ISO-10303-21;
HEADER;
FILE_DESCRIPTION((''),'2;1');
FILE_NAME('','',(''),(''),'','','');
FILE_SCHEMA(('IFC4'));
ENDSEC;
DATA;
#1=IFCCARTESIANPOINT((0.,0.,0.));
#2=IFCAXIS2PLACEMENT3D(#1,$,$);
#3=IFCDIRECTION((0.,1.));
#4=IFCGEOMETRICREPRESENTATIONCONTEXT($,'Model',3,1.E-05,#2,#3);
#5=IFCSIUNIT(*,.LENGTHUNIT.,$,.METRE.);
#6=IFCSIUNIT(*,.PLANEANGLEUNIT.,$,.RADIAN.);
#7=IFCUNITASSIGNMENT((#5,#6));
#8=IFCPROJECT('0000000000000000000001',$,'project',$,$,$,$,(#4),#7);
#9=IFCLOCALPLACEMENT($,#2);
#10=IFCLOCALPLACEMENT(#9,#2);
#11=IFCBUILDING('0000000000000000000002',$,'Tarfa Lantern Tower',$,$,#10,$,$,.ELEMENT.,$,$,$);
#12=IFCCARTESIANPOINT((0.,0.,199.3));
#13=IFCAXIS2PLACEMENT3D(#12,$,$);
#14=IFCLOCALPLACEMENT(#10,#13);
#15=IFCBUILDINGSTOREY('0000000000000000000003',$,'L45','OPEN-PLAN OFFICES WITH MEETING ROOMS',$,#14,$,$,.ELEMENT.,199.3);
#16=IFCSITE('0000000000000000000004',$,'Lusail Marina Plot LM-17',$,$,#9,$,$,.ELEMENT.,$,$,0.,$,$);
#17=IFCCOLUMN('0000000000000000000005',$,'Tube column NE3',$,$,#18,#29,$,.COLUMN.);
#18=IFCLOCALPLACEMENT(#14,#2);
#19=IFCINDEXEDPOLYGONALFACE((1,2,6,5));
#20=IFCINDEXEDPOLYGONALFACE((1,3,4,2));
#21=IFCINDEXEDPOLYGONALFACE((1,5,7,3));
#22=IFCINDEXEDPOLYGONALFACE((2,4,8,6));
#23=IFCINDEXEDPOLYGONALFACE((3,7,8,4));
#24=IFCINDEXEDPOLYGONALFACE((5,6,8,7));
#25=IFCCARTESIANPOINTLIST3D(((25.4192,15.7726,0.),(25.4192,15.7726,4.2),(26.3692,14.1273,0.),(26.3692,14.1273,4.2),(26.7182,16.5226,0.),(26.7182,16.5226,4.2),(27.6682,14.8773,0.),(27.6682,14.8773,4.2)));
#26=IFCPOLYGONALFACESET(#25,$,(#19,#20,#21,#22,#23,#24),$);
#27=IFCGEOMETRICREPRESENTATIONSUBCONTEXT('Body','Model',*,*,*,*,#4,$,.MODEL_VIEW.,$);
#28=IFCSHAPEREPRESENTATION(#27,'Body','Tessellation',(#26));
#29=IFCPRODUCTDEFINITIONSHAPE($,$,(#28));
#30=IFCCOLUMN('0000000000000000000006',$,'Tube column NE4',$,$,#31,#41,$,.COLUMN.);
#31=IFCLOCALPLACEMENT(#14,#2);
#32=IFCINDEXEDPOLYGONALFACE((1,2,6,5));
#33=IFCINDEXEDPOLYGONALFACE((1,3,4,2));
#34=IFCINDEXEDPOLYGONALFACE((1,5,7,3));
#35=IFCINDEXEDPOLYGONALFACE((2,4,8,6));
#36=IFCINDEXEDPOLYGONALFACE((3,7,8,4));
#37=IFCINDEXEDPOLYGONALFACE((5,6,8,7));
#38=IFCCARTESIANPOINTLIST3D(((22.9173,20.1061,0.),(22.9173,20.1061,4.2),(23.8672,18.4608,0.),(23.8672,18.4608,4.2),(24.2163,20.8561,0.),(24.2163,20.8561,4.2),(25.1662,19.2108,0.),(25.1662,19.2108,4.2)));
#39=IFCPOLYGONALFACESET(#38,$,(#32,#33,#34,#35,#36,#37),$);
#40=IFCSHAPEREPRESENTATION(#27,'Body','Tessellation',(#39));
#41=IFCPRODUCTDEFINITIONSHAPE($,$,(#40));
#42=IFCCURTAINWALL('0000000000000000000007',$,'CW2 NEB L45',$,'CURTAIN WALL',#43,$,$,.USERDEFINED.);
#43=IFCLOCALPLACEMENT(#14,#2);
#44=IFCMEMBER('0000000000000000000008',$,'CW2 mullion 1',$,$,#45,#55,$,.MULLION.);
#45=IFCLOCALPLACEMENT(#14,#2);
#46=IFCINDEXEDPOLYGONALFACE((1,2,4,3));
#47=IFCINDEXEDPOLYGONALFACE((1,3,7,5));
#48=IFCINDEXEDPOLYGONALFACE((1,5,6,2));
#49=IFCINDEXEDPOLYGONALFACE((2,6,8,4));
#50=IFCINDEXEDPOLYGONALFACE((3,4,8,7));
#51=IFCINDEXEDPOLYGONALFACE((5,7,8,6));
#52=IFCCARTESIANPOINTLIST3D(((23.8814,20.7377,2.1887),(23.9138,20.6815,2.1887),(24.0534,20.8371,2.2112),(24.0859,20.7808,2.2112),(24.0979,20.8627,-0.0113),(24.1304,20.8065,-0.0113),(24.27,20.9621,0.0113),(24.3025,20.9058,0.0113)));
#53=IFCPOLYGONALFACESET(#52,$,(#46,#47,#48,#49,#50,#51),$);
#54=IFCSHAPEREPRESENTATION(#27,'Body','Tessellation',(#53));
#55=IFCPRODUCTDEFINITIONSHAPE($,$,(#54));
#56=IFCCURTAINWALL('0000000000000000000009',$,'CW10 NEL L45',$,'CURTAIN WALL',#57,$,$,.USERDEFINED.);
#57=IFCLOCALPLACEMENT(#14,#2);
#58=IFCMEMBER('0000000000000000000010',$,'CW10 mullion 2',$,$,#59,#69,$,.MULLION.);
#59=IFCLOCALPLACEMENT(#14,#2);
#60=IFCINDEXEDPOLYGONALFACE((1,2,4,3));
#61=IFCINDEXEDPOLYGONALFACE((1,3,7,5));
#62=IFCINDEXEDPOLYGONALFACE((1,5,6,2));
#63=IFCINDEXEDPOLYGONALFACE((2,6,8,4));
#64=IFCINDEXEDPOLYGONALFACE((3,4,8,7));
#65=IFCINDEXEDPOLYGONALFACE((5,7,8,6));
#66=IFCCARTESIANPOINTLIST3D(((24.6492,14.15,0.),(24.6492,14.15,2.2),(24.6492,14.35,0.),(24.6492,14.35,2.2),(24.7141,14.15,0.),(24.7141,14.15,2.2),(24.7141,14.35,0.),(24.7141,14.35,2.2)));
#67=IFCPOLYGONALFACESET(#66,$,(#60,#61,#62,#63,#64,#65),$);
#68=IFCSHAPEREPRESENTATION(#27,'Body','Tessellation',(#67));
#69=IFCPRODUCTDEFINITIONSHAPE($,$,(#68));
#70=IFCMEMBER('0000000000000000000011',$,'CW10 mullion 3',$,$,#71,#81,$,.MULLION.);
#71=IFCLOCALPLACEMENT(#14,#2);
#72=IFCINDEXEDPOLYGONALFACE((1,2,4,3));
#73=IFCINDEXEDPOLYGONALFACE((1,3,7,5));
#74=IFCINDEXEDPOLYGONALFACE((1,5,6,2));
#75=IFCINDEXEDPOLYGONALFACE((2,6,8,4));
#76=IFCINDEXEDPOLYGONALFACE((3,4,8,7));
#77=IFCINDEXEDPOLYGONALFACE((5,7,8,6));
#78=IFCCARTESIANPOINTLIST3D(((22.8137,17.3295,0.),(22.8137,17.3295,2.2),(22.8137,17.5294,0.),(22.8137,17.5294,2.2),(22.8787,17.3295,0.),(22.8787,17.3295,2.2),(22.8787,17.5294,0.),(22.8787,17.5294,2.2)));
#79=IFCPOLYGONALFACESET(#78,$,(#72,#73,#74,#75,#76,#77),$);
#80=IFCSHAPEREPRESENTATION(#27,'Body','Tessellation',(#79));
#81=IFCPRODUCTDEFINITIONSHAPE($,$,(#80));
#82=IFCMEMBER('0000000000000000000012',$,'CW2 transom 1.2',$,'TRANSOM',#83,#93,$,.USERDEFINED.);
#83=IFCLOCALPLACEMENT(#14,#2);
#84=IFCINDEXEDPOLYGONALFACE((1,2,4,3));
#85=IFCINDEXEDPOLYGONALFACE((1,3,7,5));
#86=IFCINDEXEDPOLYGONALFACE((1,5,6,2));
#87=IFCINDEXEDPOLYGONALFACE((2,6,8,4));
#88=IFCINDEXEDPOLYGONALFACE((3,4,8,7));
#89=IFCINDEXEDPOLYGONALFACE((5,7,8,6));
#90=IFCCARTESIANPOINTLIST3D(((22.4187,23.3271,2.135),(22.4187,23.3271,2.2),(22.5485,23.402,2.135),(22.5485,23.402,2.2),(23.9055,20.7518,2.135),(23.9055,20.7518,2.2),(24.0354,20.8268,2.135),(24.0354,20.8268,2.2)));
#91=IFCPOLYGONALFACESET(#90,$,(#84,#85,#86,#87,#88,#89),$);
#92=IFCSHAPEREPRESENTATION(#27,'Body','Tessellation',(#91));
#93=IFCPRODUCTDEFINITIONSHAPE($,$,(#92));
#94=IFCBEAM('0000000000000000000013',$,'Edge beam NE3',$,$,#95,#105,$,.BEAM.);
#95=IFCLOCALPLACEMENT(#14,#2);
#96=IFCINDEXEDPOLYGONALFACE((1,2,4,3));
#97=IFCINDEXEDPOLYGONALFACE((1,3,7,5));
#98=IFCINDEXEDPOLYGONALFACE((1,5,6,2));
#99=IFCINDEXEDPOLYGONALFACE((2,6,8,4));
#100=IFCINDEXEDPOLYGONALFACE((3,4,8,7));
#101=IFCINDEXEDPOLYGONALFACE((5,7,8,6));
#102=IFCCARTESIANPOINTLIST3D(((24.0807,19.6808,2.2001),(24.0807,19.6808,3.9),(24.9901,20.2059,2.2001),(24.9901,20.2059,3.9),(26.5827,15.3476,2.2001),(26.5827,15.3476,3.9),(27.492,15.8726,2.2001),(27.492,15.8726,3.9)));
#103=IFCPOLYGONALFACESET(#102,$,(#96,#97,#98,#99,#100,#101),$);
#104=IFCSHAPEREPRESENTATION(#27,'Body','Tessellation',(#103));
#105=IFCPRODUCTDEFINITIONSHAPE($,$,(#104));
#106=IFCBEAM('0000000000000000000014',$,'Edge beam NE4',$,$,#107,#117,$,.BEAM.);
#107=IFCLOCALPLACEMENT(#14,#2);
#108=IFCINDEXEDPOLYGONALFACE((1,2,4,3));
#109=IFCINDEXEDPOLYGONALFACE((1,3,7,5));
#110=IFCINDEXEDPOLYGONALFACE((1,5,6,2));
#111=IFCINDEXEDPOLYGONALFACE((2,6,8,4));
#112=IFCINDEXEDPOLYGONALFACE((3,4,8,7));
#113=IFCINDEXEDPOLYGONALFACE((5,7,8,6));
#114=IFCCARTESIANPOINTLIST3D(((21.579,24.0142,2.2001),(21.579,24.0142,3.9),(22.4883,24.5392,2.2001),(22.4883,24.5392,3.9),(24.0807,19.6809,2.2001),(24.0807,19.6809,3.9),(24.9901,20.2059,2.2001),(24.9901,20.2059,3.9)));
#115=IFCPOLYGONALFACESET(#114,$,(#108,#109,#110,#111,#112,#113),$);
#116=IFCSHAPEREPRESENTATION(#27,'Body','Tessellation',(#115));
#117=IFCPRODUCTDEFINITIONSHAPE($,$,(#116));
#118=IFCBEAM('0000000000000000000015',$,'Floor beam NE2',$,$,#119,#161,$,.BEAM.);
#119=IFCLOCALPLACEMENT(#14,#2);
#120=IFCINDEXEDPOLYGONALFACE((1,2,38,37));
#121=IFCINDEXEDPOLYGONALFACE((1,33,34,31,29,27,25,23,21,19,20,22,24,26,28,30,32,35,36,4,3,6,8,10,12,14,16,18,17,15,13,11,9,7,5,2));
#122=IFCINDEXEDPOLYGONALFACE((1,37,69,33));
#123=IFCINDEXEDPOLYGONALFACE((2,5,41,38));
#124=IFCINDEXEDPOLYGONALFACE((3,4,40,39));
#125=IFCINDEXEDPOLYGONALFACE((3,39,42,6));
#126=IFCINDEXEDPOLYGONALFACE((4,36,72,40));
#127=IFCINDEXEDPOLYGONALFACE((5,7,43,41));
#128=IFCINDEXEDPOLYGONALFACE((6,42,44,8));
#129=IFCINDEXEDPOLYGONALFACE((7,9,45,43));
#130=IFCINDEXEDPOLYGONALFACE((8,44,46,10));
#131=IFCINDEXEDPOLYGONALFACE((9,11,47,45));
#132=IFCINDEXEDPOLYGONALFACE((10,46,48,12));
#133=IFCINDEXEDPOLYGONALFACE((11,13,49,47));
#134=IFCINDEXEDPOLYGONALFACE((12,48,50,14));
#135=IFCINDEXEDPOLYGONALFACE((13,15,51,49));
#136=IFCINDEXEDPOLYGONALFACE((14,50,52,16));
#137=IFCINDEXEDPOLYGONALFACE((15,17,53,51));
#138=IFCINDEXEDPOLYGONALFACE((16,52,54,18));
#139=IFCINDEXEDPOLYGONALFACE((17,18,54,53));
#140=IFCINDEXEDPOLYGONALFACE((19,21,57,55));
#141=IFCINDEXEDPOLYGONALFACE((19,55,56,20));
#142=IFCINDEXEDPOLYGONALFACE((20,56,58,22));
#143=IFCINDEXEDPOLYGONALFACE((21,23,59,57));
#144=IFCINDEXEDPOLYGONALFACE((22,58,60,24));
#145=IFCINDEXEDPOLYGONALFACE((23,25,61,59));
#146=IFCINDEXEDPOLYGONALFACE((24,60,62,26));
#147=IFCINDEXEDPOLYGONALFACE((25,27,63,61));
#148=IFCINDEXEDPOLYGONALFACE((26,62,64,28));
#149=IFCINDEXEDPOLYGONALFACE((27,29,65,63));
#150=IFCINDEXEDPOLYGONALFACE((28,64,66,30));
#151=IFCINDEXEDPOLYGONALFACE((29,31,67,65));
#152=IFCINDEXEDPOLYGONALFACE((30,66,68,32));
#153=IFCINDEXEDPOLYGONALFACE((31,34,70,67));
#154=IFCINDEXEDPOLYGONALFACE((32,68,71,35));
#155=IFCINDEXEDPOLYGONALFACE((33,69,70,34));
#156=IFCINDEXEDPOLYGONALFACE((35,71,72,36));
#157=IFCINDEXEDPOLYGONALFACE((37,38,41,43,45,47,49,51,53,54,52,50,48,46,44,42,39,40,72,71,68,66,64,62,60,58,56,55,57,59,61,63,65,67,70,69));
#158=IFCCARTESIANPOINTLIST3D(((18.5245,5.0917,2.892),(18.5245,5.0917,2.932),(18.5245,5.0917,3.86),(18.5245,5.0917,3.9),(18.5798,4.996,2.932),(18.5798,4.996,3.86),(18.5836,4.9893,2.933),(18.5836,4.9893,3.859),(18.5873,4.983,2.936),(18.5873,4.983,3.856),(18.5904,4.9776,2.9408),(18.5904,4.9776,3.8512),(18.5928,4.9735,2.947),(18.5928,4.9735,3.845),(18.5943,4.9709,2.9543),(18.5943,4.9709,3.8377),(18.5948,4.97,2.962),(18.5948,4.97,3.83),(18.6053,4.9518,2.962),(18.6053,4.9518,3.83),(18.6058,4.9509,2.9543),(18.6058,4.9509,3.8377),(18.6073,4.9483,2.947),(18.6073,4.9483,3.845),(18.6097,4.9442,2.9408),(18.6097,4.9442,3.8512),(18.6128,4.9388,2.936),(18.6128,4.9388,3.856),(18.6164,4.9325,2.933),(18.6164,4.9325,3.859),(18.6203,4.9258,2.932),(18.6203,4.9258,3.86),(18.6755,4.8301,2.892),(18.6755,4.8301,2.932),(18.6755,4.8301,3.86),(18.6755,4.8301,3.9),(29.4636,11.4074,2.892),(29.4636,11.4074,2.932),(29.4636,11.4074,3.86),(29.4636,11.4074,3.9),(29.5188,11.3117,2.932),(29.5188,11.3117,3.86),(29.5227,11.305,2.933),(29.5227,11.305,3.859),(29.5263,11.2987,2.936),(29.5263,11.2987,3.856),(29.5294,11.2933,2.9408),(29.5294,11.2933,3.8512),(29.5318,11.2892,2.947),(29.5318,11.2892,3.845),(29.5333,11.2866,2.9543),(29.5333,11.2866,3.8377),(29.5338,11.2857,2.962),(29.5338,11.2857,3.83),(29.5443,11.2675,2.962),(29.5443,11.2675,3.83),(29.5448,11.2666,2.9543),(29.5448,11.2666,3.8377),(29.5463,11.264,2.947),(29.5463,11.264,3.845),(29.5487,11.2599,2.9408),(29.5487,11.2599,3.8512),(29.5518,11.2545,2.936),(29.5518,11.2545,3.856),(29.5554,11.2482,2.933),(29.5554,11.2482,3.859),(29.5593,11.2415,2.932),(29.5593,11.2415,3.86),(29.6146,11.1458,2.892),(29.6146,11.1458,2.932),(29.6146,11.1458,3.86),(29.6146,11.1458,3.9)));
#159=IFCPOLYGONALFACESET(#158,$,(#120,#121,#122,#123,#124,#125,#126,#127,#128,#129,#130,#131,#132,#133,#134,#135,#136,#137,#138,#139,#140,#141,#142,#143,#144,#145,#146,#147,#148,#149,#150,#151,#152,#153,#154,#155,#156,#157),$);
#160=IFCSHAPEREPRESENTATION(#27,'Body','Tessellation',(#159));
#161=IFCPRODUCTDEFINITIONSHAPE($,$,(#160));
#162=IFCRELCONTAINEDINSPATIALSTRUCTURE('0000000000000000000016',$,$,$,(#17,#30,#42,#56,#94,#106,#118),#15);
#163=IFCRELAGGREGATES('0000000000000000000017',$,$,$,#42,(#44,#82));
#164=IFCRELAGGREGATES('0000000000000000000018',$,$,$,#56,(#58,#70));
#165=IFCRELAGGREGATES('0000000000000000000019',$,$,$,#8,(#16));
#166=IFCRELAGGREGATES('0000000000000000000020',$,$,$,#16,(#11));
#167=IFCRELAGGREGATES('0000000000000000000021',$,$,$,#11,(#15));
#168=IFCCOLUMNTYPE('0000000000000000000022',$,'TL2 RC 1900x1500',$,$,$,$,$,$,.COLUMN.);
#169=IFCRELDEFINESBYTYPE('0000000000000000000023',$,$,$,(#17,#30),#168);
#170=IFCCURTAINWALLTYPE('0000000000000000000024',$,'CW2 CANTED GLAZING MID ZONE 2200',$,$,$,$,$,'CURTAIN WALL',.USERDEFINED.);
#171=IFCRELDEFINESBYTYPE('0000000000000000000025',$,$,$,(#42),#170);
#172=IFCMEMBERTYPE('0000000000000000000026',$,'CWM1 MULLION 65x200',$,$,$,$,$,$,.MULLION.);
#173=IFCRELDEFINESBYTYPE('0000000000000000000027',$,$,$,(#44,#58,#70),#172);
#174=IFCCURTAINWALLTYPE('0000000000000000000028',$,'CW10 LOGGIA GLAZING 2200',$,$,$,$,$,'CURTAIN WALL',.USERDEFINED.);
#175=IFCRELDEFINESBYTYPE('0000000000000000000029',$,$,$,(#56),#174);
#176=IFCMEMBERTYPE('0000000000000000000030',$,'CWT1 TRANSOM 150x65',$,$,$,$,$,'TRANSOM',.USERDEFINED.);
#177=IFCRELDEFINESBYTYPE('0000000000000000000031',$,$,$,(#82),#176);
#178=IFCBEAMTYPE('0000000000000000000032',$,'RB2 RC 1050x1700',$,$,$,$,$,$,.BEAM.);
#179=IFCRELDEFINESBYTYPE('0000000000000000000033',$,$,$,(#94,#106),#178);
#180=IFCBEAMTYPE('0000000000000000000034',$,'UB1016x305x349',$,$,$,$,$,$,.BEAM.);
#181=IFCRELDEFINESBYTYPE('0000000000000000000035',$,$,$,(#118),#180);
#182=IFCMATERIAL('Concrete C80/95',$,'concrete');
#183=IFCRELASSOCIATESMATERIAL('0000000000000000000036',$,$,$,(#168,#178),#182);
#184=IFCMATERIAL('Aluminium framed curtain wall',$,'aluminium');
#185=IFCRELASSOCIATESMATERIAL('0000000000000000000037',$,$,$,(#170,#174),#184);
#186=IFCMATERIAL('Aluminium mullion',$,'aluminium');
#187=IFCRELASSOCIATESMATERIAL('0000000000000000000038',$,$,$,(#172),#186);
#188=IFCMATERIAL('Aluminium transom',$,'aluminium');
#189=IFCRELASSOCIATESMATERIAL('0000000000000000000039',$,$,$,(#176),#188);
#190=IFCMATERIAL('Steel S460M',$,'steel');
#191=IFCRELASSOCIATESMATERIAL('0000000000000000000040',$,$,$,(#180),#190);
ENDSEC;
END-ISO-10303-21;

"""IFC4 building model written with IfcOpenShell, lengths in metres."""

from ifc_helpers import new_model, si_unit, direction, frame, origin, origin_2d, place, context, subcontext, project, spatial, rectangle, i_section, extrude, material, material_profile, profile_set, type_object, element, aggregate, save


model = new_model("IFC4")

# Units and contexts
model_context = context("Model", 3, precision=1e-05, world=origin(), true_north=direction((0.0, 1.0)))
body_context = subcontext(model_context, "Body", "Model", "MODEL_VIEW")
ifc_project = project(units=[si_unit("LENGTHUNIT", "METRE"), si_unit("PLANEANGLEUNIT", "RADIAN")], contexts=[model_context])

# Site, building, storey
site_placement = place(None, origin())
site = spatial("IfcSite", under=ifc_project, at=site_placement, Name="Lusail Marina Plot LM-17", CompositionType="ELEMENT", RefElevation=0.0)
building_placement = place(site_placement, origin())
building = spatial("IfcBuilding", under=site, at=building_placement, Name="Tarfa Lantern Tower", CompositionType="ELEMENT")
storey_placement = place(building_placement, frame((0.0, 0.0, 199.3)))
storey = spatial("IfcBuildingStorey", under=building, at=storey_placement, Name="L45", Description="OPEN-PLAN OFFICES WITH MEETING ROOMS", CompositionType="ELEMENT", Elevation=199.3)

# Columns
ifc_material_1 = material(Name="Concrete C80/95", Category="concrete")
ifc_material_profile_1 = material_profile(ifc_material_1, rectangle(XDim=1.8999, YDim=1.5, at=origin_2d()), Name="RC 1900x1500")
ifc_profile_set_1 = profile_set([ifc_material_profile_1], Name="Concrete C80/95")
column_type = type_object("IfcColumnType", Name="TL2 RC 1900x1500", PredefinedType="COLUMN", material=ifc_profile_set_1)
for number, where, z_axis, x_axis, name in (
    (1, (26.5437, 15.325, 0.0), (0.0, 0.0, 1.0), (-0.5, 0.866025, 0.0), "Tube column NE3"),
    (2, (24.0417, 19.6584, 0.0), (0.0, 0.0, 1.0), (-0.5, 0.866025, 0.0), "Tube column NE4"),
):
    element("IfcColumn", number, at=place(storey_placement, frame(where, z_axis=z_axis, x_axis=x_axis)), inside=storey, type_object=column_type, Name=name, PredefinedType="COLUMN", context=body_context, shape_type="SweptSolid", body=[
        extrude(rectangle(XDim=1.8999, YDim=1.5, at=origin_2d()), origin(), (0.0, 0.0, 1.0), 4.2),
    ])

# Curtain wall, member
ifc_material_2 = material(Name="Aluminium framed curtain wall", Category="aluminium")
curtain_wall_type_1 = type_object("IfcCurtainWallType", Name="CW2 CANTED GLAZING MID ZONE 2200", ElementType="CURTAIN WALL", PredefinedType="USERDEFINED", material=ifc_material_2)
curtain_wall_1_placement = place(storey_placement, origin())
curtain_wall_1 = element("IfcCurtainWall", 3, at=curtain_wall_1_placement, inside=storey, type_object=curtain_wall_type_1, Name="CW2 NEB L45", ObjectType="CURTAIN WALL", PredefinedType="USERDEFINED")
ifc_material_3 = material(Name="Aluminium mullion", Category="aluminium")
ifc_material_profile_2 = material_profile(ifc_material_3, rectangle(XDim=0.0649, YDim=0.2, at=origin_2d()), Name="AL MULLION 65x200")
ifc_profile_set_2 = profile_set([ifc_material_profile_2], Name="Aluminium mullion")
member_type_1 = type_object("IfcMemberType", Name="CWM1 MULLION 65x200", PredefinedType="MULLION", material=ifc_profile_set_2)
member_1_placement = place(storey_placement, frame((24.2002, 20.8843, 0.0), z_axis=(-0.097806, -0.056456, 0.993603), x_axis=(0.49992, -0.866072, 0.0)))
member_1 = element("IfcMember", 4, at=member_1_placement, type_object=member_type_1, Name="CW2 mullion 1", PredefinedType="MULLION", context=body_context, shape_type="SweptSolid", body=[
    extrude(rectangle(XDim=0.0649, YDim=0.2, at=origin_2d()), origin(), (0.0, 0.0, 1.0), 2.2141),
])

# Curtain wall, members
curtain_wall_type_2 = type_object("IfcCurtainWallType", Name="CW10 LOGGIA GLAZING 2200", ElementType="CURTAIN WALL", PredefinedType="USERDEFINED", material=ifc_material_2)
curtain_wall_2_placement = place(storey_placement, origin())
curtain_wall_2 = element("IfcCurtainWall", 5, at=curtain_wall_2_placement, inside=storey, type_object=curtain_wall_type_2, Name="CW10 NEL L45", ObjectType="CURTAIN WALL", PredefinedType="USERDEFINED")
member_2_placement = place(storey_placement, frame((24.6816, 14.25, 0.0), z_axis=(0.0, 0.0, 1.0), x_axis=(1.0, 0.0, 0.0)))
member_2 = element("IfcMember", 6, at=member_2_placement, type_object=member_type_1, Name="CW10 mullion 2", PredefinedType="MULLION", context=body_context, shape_type="SweptSolid", body=[
    extrude(rectangle(XDim=0.0649, YDim=0.2, at=origin_2d()), origin(), (0.0, 0.0, 1.0), 2.2),
])
member_3_placement = place(storey_placement, frame((22.8462, 17.4294, 0.0), z_axis=(0.0, 0.0, 1.0), x_axis=(1.0, 0.0, 0.0)))
member_3 = element("IfcMember", 7, at=member_3_placement, type_object=member_type_1, Name="CW10 mullion 3", PredefinedType="MULLION", context=body_context, shape_type="SweptSolid", body=[
    extrude(rectangle(XDim=0.0649, YDim=0.2, at=origin_2d()), origin(), (0.0, 0.0, 1.0), 2.2),
])

# Member
ifc_material_4 = material(Name="Aluminium transom", Category="aluminium")
ifc_material_profile_3 = material_profile(ifc_material_4, rectangle(XDim=0.1499, YDim=0.0649, at=origin_2d()), Name="AL TRANSOM 150x65")
ifc_profile_set_3 = profile_set([ifc_material_profile_3], Name="Aluminium transom")
member_type_2 = type_object("IfcMemberType", Name="CWT1 TRANSOM 150x65", ElementType="TRANSOM", PredefinedType="USERDEFINED", material=ifc_profile_set_3)
member_4_placement = place(storey_placement, frame((23.9705, 20.7893, 2.1675), z_axis=(-0.500007, 0.866022, 0.0), x_axis=(-0.866022, -0.500007, 0.0)))
member_4 = element("IfcMember", 8, at=member_4_placement, type_object=member_type_2, Name="CW2 transom 1.2", ObjectType="TRANSOM", PredefinedType="USERDEFINED", context=body_context, shape_type="SweptSolid", body=[
    extrude(rectangle(XDim=0.1499, YDim=0.0649, at=origin_2d()), origin(), (0.0, 0.0, 1.0), 2.9736),
])

# Beams
ifc_material_profile_4 = material_profile(ifc_material_1, rectangle(XDim=1.05, YDim=1.7, at=origin_2d()), Name="RC 1050x1700")
ifc_profile_set_4 = profile_set([ifc_material_profile_4], Name="Concrete C80/95")
beam_type_1 = type_object("IfcBeamType", Name="RB2 RC 1050x1700", PredefinedType="BEAM", material=ifc_profile_set_4)
for number, where, z_axis, x_axis, name in (
    (9, (27.0374, 15.6101, 3.05), (-0.500022, 0.866013, 0.0), (-0.866013, -0.500022, 0.0), "Edge beam NE3"),
    (10, (24.5354, 19.9434, 3.05), (-0.499986, 0.866034, 0.0), (-0.866034, -0.499986, 0.0), "Edge beam NE4"),
):
    element("IfcBeam", number, at=place(storey_placement, frame(where, z_axis=z_axis, x_axis=x_axis)), inside=storey, type_object=beam_type_1, Name=name, PredefinedType="BEAM", context=body_context, shape_type="SweptSolid", body=[
        extrude(rectangle(XDim=1.05, YDim=1.7, at=origin_2d()), origin(), (0.0, 0.0, 1.0), 5.0037),
    ])
ifc_material_5 = material(Name="Steel S460M", Category="steel")
ifc_material_profile_5 = material_profile(ifc_material_5, i_section(OverallWidth=0.302, OverallDepth=1.0081, WebThickness=0.021, FlangeThickness=0.04, FilletRadius=0.03, at=origin_2d()), Name="UB1016x305x349")
ifc_profile_set_5 = profile_set([ifc_material_profile_5], Name="Steel S460M")
beam_type_2 = type_object("IfcBeamType", Name="UB1016x305x349", PredefinedType="BEAM", material=ifc_profile_set_5)
beam_1_placement = place(storey_placement, frame((29.5391, 11.2766, 3.396), z_axis=(-0.866023, -0.500004, 0.0), x_axis=(0.500004, -0.866023, 0.0)))
element("IfcBeam", 11, at=beam_1_placement, inside=storey, type_object=beam_type_2, Name="Floor beam NE2", PredefinedType="BEAM", context=body_context, shape_type="SweptSolid", body=[
    extrude(i_section(OverallWidth=0.302, OverallDepth=1.0081, WebThickness=0.021, FlangeThickness=0.04, FilletRadius=0.03, at=origin_2d()), origin(), (0.0, 0.0, 1.0), 12.6313),
])

aggregate(curtain_wall_1, [member_1, member_4])
aggregate(curtain_wall_2, [member_2, member_3])

save(model, "model.ifc")
